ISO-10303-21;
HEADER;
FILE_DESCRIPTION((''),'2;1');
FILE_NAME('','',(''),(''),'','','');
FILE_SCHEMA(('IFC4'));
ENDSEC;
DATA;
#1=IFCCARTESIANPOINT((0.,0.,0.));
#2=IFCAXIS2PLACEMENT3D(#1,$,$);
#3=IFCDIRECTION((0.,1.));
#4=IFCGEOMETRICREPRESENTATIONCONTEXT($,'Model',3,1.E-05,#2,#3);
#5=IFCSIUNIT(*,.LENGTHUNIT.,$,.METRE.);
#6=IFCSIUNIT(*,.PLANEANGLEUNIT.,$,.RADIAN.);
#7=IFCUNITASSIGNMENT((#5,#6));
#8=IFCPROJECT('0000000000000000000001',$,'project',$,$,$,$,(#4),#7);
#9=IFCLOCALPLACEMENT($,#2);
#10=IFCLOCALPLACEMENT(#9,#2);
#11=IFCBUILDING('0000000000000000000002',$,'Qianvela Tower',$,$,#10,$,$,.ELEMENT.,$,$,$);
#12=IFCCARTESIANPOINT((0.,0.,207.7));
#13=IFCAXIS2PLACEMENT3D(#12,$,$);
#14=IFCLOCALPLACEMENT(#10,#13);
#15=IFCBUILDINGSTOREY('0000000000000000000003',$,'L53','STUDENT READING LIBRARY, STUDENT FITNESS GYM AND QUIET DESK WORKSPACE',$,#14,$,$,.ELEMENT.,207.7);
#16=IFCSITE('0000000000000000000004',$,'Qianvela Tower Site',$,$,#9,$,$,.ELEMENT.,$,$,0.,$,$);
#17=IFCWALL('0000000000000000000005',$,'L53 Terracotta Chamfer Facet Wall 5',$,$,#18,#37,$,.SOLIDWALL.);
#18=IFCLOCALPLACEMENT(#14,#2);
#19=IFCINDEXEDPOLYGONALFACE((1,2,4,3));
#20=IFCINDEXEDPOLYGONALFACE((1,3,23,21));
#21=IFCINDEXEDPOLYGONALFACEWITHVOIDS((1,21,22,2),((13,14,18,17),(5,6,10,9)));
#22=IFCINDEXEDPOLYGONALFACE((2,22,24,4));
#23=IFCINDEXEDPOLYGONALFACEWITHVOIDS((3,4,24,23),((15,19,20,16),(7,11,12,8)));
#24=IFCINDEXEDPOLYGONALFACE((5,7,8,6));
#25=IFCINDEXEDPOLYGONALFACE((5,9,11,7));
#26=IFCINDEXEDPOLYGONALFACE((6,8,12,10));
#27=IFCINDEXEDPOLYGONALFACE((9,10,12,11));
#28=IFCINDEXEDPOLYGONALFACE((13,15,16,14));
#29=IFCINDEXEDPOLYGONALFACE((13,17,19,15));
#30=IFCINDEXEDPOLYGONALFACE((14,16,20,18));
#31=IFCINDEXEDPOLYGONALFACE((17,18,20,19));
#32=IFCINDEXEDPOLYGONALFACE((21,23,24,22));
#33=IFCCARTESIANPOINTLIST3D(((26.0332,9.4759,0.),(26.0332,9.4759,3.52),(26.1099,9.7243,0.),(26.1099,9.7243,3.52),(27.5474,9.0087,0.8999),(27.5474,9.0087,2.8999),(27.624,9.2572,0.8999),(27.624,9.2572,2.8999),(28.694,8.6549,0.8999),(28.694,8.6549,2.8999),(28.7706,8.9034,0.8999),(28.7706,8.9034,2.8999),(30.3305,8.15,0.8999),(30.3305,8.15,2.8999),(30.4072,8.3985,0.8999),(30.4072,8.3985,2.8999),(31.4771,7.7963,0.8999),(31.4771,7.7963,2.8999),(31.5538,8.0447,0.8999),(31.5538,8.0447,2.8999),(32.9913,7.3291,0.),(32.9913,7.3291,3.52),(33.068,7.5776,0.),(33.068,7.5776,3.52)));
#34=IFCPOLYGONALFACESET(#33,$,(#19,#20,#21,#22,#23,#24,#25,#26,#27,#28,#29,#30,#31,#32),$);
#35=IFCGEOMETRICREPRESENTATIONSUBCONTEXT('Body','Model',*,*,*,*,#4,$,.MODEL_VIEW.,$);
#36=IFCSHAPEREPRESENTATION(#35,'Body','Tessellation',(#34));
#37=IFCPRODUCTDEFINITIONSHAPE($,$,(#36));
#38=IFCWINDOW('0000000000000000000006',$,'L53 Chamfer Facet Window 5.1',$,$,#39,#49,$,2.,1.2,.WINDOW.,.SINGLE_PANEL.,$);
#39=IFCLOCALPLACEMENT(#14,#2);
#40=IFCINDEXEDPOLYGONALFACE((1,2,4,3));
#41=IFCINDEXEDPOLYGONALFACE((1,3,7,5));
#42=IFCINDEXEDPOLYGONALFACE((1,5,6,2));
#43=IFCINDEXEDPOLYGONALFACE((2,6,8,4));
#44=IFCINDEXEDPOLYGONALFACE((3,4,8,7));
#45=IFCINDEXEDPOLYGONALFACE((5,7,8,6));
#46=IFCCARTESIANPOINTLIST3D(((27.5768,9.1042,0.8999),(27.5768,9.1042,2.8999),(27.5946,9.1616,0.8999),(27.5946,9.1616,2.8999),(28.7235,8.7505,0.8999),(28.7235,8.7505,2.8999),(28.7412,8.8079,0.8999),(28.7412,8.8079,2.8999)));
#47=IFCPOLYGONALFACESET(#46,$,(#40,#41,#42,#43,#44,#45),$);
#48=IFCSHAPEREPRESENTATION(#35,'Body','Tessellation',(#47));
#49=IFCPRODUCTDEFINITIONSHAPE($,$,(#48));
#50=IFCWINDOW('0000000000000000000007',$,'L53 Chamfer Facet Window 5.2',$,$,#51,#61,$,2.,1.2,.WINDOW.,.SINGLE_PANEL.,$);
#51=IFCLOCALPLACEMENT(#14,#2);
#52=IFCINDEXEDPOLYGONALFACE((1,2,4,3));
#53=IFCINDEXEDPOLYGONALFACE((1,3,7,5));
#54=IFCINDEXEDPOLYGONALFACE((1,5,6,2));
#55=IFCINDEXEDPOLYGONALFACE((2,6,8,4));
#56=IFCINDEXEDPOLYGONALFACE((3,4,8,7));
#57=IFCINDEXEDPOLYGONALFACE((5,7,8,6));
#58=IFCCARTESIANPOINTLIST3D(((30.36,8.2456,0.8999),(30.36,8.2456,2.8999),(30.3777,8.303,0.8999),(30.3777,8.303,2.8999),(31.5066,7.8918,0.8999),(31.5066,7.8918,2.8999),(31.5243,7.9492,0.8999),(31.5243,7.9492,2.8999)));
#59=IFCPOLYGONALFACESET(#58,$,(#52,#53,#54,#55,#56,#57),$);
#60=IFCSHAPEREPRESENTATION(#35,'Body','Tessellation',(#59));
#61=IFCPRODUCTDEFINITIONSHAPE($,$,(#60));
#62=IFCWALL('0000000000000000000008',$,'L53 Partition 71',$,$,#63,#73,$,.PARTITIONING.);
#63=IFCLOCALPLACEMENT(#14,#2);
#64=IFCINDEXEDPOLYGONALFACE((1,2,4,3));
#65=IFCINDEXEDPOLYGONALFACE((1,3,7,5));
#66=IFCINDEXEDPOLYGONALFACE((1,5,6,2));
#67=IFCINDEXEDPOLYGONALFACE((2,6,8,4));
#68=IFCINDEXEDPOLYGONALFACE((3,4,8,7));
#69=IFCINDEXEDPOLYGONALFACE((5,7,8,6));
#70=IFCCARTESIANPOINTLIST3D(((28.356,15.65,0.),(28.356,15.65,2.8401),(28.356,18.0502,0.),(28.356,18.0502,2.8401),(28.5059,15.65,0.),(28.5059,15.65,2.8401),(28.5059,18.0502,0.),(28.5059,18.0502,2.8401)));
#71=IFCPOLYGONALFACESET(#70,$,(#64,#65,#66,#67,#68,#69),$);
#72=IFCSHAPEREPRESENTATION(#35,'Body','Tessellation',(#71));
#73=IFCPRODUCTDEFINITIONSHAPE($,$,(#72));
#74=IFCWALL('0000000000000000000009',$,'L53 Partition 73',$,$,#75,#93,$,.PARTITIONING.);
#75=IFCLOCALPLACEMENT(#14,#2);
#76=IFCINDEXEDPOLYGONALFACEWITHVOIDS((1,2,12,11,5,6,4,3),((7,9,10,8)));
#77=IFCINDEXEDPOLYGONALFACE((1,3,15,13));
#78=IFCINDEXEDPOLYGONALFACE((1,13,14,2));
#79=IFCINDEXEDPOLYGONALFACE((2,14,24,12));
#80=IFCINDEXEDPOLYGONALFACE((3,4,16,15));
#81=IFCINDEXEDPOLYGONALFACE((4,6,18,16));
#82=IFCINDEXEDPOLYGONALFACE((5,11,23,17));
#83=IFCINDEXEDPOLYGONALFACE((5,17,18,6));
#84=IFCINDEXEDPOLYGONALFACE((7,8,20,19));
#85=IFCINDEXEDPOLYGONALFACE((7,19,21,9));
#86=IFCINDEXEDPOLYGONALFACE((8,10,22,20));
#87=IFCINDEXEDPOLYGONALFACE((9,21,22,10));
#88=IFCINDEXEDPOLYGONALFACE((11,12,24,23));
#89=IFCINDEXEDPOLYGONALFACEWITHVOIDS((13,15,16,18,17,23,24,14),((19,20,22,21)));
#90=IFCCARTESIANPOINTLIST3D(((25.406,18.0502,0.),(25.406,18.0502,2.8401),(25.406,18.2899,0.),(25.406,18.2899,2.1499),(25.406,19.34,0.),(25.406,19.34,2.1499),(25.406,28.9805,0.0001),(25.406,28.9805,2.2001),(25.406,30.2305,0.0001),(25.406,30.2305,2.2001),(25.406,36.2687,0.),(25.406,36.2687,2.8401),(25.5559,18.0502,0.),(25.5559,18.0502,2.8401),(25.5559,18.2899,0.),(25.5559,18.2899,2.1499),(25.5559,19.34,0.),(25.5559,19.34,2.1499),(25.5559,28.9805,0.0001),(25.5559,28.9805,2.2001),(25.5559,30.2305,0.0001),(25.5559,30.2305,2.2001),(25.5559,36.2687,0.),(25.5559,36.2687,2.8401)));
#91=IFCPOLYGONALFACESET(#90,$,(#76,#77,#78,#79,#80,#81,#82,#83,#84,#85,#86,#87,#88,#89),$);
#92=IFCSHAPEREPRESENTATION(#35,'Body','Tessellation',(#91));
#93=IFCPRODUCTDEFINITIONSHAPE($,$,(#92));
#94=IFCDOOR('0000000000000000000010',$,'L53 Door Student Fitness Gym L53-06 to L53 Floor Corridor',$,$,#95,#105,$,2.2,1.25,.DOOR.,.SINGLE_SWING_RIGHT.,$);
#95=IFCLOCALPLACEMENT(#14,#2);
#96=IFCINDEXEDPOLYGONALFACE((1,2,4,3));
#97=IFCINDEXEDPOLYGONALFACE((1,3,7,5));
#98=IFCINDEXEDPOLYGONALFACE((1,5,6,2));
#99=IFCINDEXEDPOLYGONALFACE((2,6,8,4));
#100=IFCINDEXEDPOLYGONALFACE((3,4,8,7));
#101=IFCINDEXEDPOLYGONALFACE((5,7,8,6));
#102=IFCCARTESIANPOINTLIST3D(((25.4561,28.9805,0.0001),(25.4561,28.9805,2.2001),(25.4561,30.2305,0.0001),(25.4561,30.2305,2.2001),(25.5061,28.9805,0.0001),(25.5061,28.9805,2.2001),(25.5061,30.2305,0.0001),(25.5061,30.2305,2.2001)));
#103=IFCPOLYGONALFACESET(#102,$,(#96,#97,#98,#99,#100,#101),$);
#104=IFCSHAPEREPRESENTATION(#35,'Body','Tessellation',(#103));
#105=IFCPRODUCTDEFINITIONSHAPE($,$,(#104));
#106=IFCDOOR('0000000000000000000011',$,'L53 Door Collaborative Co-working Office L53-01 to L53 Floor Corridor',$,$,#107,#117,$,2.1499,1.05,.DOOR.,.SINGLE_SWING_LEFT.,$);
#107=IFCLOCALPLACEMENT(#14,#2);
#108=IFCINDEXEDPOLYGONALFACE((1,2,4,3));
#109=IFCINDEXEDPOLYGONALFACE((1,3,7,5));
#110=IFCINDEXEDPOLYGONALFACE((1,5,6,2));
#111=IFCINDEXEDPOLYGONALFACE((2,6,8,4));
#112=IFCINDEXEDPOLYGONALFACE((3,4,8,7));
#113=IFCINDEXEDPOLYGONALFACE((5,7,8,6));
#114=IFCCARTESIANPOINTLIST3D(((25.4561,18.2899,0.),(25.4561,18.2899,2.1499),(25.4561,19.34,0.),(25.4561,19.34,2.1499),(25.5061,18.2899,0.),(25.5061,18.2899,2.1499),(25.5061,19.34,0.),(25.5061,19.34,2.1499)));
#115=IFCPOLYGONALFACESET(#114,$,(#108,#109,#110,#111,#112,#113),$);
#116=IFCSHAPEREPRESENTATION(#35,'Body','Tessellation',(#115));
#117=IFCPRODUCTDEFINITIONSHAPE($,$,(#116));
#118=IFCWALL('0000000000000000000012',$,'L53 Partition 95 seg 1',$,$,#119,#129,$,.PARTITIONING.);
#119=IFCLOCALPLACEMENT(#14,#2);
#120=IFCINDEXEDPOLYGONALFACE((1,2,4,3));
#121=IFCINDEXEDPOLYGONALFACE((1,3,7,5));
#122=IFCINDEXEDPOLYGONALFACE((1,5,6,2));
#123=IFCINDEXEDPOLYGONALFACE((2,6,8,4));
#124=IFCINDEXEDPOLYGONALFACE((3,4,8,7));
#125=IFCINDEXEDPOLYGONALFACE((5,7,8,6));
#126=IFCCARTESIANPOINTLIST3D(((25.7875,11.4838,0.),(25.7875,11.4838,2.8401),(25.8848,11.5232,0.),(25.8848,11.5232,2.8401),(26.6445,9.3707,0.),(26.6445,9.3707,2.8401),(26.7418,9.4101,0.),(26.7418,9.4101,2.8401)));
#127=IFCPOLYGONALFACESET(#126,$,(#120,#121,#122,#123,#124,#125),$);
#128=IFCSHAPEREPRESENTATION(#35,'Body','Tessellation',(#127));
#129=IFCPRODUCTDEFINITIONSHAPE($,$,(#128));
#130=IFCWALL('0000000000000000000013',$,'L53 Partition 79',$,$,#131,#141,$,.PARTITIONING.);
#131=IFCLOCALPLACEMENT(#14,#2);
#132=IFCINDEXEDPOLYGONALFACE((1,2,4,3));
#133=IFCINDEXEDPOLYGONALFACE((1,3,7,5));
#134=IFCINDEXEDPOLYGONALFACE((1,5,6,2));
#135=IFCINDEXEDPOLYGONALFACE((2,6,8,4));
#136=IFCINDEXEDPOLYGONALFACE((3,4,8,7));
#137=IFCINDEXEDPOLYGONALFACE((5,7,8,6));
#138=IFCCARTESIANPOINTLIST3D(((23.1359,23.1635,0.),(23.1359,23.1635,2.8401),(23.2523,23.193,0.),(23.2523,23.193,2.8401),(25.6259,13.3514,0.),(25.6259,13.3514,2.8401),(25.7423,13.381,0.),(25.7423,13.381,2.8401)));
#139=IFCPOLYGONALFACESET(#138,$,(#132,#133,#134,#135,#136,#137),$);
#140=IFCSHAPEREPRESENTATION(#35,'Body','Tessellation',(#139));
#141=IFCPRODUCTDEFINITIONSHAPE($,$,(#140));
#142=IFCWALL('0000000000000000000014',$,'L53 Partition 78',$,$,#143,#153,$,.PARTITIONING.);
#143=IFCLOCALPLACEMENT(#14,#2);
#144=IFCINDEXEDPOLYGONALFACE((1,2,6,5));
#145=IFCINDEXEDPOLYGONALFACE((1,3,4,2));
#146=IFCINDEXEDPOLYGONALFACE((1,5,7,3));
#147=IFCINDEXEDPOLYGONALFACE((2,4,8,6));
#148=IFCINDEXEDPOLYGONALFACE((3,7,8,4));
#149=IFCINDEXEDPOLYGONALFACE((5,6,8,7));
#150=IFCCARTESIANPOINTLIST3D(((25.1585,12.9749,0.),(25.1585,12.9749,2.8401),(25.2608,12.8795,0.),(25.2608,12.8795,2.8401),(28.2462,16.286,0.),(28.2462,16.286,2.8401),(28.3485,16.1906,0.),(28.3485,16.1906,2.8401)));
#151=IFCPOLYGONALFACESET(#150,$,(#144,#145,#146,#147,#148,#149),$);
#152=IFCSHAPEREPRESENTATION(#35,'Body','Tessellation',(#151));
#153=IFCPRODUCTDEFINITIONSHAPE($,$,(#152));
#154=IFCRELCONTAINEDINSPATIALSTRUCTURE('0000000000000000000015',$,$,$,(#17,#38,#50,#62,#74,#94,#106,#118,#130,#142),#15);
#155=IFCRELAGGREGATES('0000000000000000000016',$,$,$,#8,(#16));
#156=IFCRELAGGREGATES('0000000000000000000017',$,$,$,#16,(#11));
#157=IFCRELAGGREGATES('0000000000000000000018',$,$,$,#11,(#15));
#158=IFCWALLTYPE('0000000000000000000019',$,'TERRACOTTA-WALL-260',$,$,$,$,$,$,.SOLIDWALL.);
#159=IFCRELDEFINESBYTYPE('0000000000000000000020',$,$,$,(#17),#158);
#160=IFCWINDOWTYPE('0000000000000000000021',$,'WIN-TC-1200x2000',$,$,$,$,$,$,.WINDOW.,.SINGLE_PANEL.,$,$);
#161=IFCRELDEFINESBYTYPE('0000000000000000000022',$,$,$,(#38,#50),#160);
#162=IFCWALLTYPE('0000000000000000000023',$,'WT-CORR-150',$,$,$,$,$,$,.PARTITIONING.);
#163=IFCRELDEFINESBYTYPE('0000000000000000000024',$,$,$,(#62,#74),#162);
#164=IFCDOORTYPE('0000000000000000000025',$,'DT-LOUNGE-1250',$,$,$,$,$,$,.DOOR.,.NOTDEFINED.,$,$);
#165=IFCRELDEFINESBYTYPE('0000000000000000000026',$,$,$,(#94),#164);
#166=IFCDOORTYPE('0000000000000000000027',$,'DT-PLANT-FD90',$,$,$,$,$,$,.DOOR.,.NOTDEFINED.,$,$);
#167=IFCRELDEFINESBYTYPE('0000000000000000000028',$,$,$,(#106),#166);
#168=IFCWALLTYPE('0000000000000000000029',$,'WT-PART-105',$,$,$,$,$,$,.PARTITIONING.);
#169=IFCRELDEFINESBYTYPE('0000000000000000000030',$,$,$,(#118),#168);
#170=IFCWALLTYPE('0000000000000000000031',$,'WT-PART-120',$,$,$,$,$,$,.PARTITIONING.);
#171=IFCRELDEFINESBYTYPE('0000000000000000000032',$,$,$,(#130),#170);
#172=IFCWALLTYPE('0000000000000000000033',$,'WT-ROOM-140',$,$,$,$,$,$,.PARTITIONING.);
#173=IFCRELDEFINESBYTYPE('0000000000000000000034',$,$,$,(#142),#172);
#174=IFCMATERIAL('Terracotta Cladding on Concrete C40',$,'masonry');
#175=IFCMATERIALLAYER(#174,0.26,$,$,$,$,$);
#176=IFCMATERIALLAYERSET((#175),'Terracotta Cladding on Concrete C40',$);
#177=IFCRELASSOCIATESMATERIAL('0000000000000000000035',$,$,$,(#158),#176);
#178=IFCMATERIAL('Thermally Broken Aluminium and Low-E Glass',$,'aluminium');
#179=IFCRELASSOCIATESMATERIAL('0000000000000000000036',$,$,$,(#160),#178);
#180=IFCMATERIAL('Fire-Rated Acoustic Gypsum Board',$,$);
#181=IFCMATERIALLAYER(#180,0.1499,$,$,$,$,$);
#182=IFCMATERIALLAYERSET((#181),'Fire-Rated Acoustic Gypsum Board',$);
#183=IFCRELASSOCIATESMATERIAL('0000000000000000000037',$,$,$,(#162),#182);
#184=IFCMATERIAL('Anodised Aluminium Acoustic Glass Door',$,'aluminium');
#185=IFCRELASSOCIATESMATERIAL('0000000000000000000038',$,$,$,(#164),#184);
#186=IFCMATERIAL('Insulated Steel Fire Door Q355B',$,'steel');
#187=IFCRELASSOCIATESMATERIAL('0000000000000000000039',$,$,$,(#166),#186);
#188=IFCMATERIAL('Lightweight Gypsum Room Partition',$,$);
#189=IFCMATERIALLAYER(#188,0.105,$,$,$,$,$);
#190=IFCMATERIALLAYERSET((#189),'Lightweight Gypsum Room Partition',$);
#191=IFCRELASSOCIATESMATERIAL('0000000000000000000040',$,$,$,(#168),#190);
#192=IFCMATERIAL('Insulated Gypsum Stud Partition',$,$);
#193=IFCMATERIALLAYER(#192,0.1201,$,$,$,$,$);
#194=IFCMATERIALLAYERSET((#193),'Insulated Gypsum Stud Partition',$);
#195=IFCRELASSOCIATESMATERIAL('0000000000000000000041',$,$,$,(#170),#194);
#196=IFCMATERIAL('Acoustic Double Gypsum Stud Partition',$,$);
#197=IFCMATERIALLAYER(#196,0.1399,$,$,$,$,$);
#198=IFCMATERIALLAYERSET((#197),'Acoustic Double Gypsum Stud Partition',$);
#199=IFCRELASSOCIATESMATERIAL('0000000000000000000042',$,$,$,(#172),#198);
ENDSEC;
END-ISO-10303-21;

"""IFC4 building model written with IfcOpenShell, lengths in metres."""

from ifc_helpers import new_model, si_unit, direction, frame, frame_2d, origin, place, context, subcontext, project, spatial, rectangle, extrude, material, layer, layer_set, type_object, element, fill, save


model = new_model("IFC4")

# Units and contexts
model_context = context("Model", 3, precision=1e-05, world=origin(), true_north=direction((0.0, 1.0)))
body_context = subcontext(model_context, "Body", "Model", "MODEL_VIEW")
ifc_project = project(units=[si_unit("LENGTHUNIT", "METRE"), si_unit("PLANEANGLEUNIT", "RADIAN")], contexts=[model_context])

# Site, building, storey
site_placement = place(None, origin())
site = spatial("IfcSite", under=ifc_project, at=site_placement, Name="Qianvela Tower Site", CompositionType="ELEMENT", RefElevation=0.0)
building_placement = place(site_placement, origin())
building = spatial("IfcBuilding", under=site, at=building_placement, Name="Qianvela Tower", CompositionType="ELEMENT")
storey_placement = place(building_placement, frame((0.0, 0.0, 207.7)))
storey = spatial("IfcBuildingStorey", under=building, at=storey_placement, Name="L53", Description="STUDENT READING LIBRARY, STUDENT FITNESS GYM AND QUIET DESK WORKSPACE", CompositionType="ELEMENT", Elevation=207.7)

# Wall, openings, windows
ifc_material_1 = material(Name="Terracotta Cladding on Concrete C40", Category="masonry")
ifc_layer_1 = layer(ifc_material_1, 0.26)
ifc_layer_set_1 = layer_set([ifc_layer_1], Name="Terracotta Cladding on Concrete C40")
wall_type_1 = type_object("IfcWallType", Name="TERRACOTTA-WALL-260", PredefinedType="SOLIDWALL", material=ifc_layer_set_1)
wall_1_placement = place(storey_placement, frame((26.0715, 9.6001, 0.0), z_axis=(0.0, 0.0, 1.0), x_axis=(0.955555, -0.294814, 0.0)))
wall_1 = element("IfcWall", 1, at=wall_1_placement, inside=storey, type_object=wall_type_1, Name="L53 Terracotta Chamfer Facet Wall 5", PredefinedType="SOLIDWALL", context=body_context, shape_type="SweptSolid", body=[
    extrude(rectangle(XDim=7.2817, YDim=0.26, at=frame_2d((3.6409, 0.0))), origin(), (0.0, 0.0, 1.0), 3.52),
])
opening_1_placement = place(wall_1_placement, frame((1.5845, 0.0, 0.8999)))
opening_1 = element("IfcOpeningElement", 2, at=opening_1_placement, cuts=wall_1, PredefinedType="OPENING", context=body_context, shape_type="SweptSolid", body=[
    extrude(rectangle(XDim=1.2, YDim=2.0, at=frame_2d((0.6001, 1.0))), frame((0.0, 0.1399, 0.0), z_axis=(0.0, -1.0, 0.0), x_axis=(1.0, 0.0, 0.0)), (0.0, 0.0, 1.0), 0.28),
])
opening_2_placement = place(wall_1_placement, frame((4.4971, 0.0, 0.8999)))
opening_2 = element("IfcOpeningElement", 3, at=opening_2_placement, cuts=wall_1, PredefinedType="OPENING", context=body_context, shape_type="SweptSolid", body=[
    extrude(rectangle(XDim=1.2, YDim=2.0, at=frame_2d((0.6001, 1.0))), frame((0.0, 0.1399, 0.0), z_axis=(0.0, -1.0, 0.0), x_axis=(1.0, 0.0, 0.0)), (0.0, 0.0, 1.0), 0.28),
])
ifc_material_2 = material(Name="Thermally Broken Aluminium and Low-E Glass", Category="aluminium")
window_type = type_object("IfcWindowType", Name="WIN-TC-1200x2000", PartitioningType="SINGLE_PANEL", PredefinedType="WINDOW", material=ifc_material_2)
window_1_placement = place(opening_1_placement, origin())
window_1 = element("IfcWindow", 4, at=window_1_placement, inside=storey, type_object=window_type, Name="L53 Chamfer Facet Window 5.1", OverallHeight=2.0, OverallWidth=1.2, PartitioningType="SINGLE_PANEL", PredefinedType="WINDOW", context=body_context, shape_type="SweptSolid", body=[
    extrude(rectangle(XDim=1.2, YDim=2.0, at=frame_2d((0.6001, 1.0))), frame((0.0, 0.03, 0.0), z_axis=(0.0, -1.0, 0.0), x_axis=(1.0, 0.0, 0.0)), (0.0, 0.0, 1.0), 0.0601),
])
fill(opening_1, window_1)
window_2_placement = place(opening_2_placement, origin())
window_2 = element("IfcWindow", 5, at=window_2_placement, inside=storey, type_object=window_type, Name="L53 Chamfer Facet Window 5.2", OverallHeight=2.0, OverallWidth=1.2, PartitioningType="SINGLE_PANEL", PredefinedType="WINDOW", context=body_context, shape_type="SweptSolid", body=[
    extrude(rectangle(XDim=1.2, YDim=2.0, at=frame_2d((0.6001, 1.0))), frame((0.0, 0.03, 0.0), z_axis=(0.0, -1.0, 0.0), x_axis=(1.0, 0.0, 0.0)), (0.0, 0.0, 1.0), 0.0601),
])
fill(opening_2, window_2)

# Wall
ifc_material_3 = material(Name="Fire-Rated Acoustic Gypsum Board")
ifc_layer_2 = layer(ifc_material_3, 0.1499)
ifc_layer_set_2 = layer_set([ifc_layer_2], Name="Fire-Rated Acoustic Gypsum Board")
wall_type_2 = type_object("IfcWallType", Name="WT-CORR-150", PredefinedType="PARTITIONING", material=ifc_layer_set_2)
wall_2_placement = place(storey_placement, frame((28.4309, 15.6499, 0.0), z_axis=(0.0, 0.0, 1.0), x_axis=(0.0, 1.0, 0.0)))
element("IfcWall", 6, at=wall_2_placement, inside=storey, type_object=wall_type_2, Name="L53 Partition 71", PredefinedType="PARTITIONING", context=body_context, shape_type="SweptSolid", body=[
    extrude(rectangle(XDim=2.4001, YDim=0.1499, at=frame_2d((1.2002, 0.0))), origin(), (0.0, 0.0, 1.0), 2.8401),
])

# Wall, openings, doors
wall_3_placement = place(storey_placement, frame((25.481, 18.05, 0.0), z_axis=(0.0, 0.0, 1.0), x_axis=(0.0, 1.0, 0.0)))
wall_3 = element("IfcWall", 7, at=wall_3_placement, inside=storey, type_object=wall_type_2, Name="L53 Partition 73", PredefinedType="PARTITIONING", context=body_context, shape_type="SweptSolid", body=[
    extrude(rectangle(XDim=18.2185, YDim=0.1499, at=frame_2d((9.1094, 0.0))), origin(), (0.0, 0.0, 1.0), 2.8401),
])
opening_3_placement = place(wall_3_placement, frame((0.24, 0.0, 0.0)))
opening_3 = element("IfcOpeningElement", 8, at=opening_3_placement, cuts=wall_3, PredefinedType="OPENING", context=body_context, shape_type="SweptSolid", body=[
    extrude(rectangle(XDim=1.05, YDim=2.1499, at=frame_2d((0.5249, 1.075))), frame((0.0, 0.085, 0.0), z_axis=(0.0, -1.0, 0.0), x_axis=(1.0, 0.0, 0.0)), (0.0, 0.0, 1.0), 0.1699),
])
opening_4_placement = place(wall_3_placement, frame((10.9304, 0.0, 0.0)))
opening_4 = element("IfcOpeningElement", 9, at=opening_4_placement, cuts=wall_3, PredefinedType="OPENING", context=body_context, shape_type="SweptSolid", body=[
    extrude(rectangle(XDim=1.25, YDim=2.2, at=frame_2d((0.625, 1.1001))), frame((0.0, 0.085, 0.0), z_axis=(0.0, -1.0, 0.0), x_axis=(1.0, 0.0, 0.0)), (0.0, 0.0, 1.0), 0.1699),
])
ifc_material_4 = material(Name="Anodised Aluminium Acoustic Glass Door", Category="aluminium")
door_type_1 = type_object("IfcDoorType", Name="DT-LOUNGE-1250", OperationType="NOTDEFINED", PredefinedType="DOOR", material=ifc_material_4)
door_1_placement = place(opening_4_placement, origin())
door_1 = element("IfcDoor", 10, at=door_1_placement, inside=storey, type_object=door_type_1, Name="L53 Door Student Fitness Gym L53-06 to L53 Floor Corridor", OperationType="SINGLE_SWING_RIGHT", OverallHeight=2.2, OverallWidth=1.25, PredefinedType="DOOR", context=body_context, shape_type="SweptSolid", body=[
    extrude(rectangle(XDim=1.25, YDim=2.2, at=frame_2d((0.625, 1.1001))), frame((0.0, 0.0249, 0.0), z_axis=(0.0, -1.0, 0.0), x_axis=(1.0, 0.0, 0.0)), (0.0, 0.0, 1.0), 0.05),
])
fill(opening_4, door_1)
ifc_material_5 = material(Name="Insulated Steel Fire Door Q355B", Category="steel")
door_type_2 = type_object("IfcDoorType", Name="DT-PLANT-FD90", OperationType="NOTDEFINED", PredefinedType="DOOR", material=ifc_material_5)
door_2_placement = place(opening_3_placement, origin())
door_2 = element("IfcDoor", 11, at=door_2_placement, inside=storey, type_object=door_type_2, Name="L53 Door Collaborative Co-working Office L53-01 to L53 Floor Corridor", OperationType="SINGLE_SWING_LEFT", OverallHeight=2.1499, OverallWidth=1.05, PredefinedType="DOOR", context=body_context, shape_type="SweptSolid", body=[
    extrude(rectangle(XDim=1.05, YDim=2.1499, at=frame_2d((0.5249, 1.075))), frame((0.0, 0.0249, 0.0), z_axis=(0.0, -1.0, 0.0), x_axis=(1.0, 0.0, 0.0)), (0.0, 0.0, 1.0), 0.05),
])
fill(opening_3, door_2)

# Walls
ifc_material_6 = material(Name="Lightweight Gypsum Room Partition")
ifc_layer_3 = layer(ifc_material_6, 0.105)
ifc_layer_set_3 = layer_set([ifc_layer_3], Name="Lightweight Gypsum Room Partition")
wall_type_3 = type_object("IfcWallType", Name="WT-PART-105", PredefinedType="PARTITIONING", material=ifc_layer_set_3)
wall_4_placement = place(storey_placement, frame((26.6931, 9.3904, 0.0), z_axis=(0.0, 0.0, 1.0), x_axis=(-0.375817, 0.926694, 0.0)))
element("IfcWall", 12, at=wall_4_placement, inside=storey, type_object=wall_type_3, Name="L53 Partition 95 seg 1", PredefinedType="PARTITIONING", context=body_context, shape_type="SweptSolid", body=[
    extrude(rectangle(XDim=2.2803, YDim=0.105, at=frame_2d((1.1401, 0.0))), origin(), (0.0, 0.0, 1.0), 2.8401),
])
ifc_material_7 = material(Name="Insulated Gypsum Stud Partition")
ifc_layer_4 = layer(ifc_material_7, 0.1201)
ifc_layer_set_4 = layer_set([ifc_layer_4], Name="Insulated Gypsum Stud Partition")
wall_type_4 = type_object("IfcWallType", Name="WT-PART-120", PredefinedType="PARTITIONING", material=ifc_layer_set_4)
wall_5_placement = place(storey_placement, frame((25.6841, 13.3662, 0.0), z_axis=(0.0, 0.0, 1.0), x_axis=(-0.245973, 0.969277, 0.0)))
element("IfcWall", 13, at=wall_5_placement, inside=storey, type_object=wall_type_4, Name="L53 Partition 79", PredefinedType="PARTITIONING", context=body_context, shape_type="SweptSolid", body=[
    extrude(rectangle(XDim=10.123, YDim=0.1201, at=frame_2d((5.0615, 0.0))), origin(), (0.0, 0.0, 1.0), 2.8401),
])
ifc_material_8 = material(Name="Acoustic Double Gypsum Stud Partition")
ifc_layer_5 = layer(ifc_material_8, 0.1399)
ifc_layer_set_5 = layer_set([ifc_layer_5], Name="Acoustic Double Gypsum Stud Partition")
wall_type_5 = type_object("IfcWallType", Name="WT-ROOM-140", PredefinedType="PARTITIONING", material=ifc_layer_set_5)
wall_6_placement = place(storey_placement, frame((28.2974, 16.2383, 0.0), z_axis=(0.0, 0.0, 1.0), x_axis=(-0.682005, -0.731348, 0.0)))
element("IfcWall", 14, at=wall_6_placement, inside=storey, type_object=wall_type_5, Name="L53 Partition 78", PredefinedType="PARTITIONING", context=body_context, shape_type="SweptSolid", body=[
    extrude(rectangle(XDim=4.5273, YDim=0.1399, at=frame_2d((2.2637, 0.0))), origin(), (0.0, 0.0, 1.0), 2.8401),
])

save(model, "model.ifc")
